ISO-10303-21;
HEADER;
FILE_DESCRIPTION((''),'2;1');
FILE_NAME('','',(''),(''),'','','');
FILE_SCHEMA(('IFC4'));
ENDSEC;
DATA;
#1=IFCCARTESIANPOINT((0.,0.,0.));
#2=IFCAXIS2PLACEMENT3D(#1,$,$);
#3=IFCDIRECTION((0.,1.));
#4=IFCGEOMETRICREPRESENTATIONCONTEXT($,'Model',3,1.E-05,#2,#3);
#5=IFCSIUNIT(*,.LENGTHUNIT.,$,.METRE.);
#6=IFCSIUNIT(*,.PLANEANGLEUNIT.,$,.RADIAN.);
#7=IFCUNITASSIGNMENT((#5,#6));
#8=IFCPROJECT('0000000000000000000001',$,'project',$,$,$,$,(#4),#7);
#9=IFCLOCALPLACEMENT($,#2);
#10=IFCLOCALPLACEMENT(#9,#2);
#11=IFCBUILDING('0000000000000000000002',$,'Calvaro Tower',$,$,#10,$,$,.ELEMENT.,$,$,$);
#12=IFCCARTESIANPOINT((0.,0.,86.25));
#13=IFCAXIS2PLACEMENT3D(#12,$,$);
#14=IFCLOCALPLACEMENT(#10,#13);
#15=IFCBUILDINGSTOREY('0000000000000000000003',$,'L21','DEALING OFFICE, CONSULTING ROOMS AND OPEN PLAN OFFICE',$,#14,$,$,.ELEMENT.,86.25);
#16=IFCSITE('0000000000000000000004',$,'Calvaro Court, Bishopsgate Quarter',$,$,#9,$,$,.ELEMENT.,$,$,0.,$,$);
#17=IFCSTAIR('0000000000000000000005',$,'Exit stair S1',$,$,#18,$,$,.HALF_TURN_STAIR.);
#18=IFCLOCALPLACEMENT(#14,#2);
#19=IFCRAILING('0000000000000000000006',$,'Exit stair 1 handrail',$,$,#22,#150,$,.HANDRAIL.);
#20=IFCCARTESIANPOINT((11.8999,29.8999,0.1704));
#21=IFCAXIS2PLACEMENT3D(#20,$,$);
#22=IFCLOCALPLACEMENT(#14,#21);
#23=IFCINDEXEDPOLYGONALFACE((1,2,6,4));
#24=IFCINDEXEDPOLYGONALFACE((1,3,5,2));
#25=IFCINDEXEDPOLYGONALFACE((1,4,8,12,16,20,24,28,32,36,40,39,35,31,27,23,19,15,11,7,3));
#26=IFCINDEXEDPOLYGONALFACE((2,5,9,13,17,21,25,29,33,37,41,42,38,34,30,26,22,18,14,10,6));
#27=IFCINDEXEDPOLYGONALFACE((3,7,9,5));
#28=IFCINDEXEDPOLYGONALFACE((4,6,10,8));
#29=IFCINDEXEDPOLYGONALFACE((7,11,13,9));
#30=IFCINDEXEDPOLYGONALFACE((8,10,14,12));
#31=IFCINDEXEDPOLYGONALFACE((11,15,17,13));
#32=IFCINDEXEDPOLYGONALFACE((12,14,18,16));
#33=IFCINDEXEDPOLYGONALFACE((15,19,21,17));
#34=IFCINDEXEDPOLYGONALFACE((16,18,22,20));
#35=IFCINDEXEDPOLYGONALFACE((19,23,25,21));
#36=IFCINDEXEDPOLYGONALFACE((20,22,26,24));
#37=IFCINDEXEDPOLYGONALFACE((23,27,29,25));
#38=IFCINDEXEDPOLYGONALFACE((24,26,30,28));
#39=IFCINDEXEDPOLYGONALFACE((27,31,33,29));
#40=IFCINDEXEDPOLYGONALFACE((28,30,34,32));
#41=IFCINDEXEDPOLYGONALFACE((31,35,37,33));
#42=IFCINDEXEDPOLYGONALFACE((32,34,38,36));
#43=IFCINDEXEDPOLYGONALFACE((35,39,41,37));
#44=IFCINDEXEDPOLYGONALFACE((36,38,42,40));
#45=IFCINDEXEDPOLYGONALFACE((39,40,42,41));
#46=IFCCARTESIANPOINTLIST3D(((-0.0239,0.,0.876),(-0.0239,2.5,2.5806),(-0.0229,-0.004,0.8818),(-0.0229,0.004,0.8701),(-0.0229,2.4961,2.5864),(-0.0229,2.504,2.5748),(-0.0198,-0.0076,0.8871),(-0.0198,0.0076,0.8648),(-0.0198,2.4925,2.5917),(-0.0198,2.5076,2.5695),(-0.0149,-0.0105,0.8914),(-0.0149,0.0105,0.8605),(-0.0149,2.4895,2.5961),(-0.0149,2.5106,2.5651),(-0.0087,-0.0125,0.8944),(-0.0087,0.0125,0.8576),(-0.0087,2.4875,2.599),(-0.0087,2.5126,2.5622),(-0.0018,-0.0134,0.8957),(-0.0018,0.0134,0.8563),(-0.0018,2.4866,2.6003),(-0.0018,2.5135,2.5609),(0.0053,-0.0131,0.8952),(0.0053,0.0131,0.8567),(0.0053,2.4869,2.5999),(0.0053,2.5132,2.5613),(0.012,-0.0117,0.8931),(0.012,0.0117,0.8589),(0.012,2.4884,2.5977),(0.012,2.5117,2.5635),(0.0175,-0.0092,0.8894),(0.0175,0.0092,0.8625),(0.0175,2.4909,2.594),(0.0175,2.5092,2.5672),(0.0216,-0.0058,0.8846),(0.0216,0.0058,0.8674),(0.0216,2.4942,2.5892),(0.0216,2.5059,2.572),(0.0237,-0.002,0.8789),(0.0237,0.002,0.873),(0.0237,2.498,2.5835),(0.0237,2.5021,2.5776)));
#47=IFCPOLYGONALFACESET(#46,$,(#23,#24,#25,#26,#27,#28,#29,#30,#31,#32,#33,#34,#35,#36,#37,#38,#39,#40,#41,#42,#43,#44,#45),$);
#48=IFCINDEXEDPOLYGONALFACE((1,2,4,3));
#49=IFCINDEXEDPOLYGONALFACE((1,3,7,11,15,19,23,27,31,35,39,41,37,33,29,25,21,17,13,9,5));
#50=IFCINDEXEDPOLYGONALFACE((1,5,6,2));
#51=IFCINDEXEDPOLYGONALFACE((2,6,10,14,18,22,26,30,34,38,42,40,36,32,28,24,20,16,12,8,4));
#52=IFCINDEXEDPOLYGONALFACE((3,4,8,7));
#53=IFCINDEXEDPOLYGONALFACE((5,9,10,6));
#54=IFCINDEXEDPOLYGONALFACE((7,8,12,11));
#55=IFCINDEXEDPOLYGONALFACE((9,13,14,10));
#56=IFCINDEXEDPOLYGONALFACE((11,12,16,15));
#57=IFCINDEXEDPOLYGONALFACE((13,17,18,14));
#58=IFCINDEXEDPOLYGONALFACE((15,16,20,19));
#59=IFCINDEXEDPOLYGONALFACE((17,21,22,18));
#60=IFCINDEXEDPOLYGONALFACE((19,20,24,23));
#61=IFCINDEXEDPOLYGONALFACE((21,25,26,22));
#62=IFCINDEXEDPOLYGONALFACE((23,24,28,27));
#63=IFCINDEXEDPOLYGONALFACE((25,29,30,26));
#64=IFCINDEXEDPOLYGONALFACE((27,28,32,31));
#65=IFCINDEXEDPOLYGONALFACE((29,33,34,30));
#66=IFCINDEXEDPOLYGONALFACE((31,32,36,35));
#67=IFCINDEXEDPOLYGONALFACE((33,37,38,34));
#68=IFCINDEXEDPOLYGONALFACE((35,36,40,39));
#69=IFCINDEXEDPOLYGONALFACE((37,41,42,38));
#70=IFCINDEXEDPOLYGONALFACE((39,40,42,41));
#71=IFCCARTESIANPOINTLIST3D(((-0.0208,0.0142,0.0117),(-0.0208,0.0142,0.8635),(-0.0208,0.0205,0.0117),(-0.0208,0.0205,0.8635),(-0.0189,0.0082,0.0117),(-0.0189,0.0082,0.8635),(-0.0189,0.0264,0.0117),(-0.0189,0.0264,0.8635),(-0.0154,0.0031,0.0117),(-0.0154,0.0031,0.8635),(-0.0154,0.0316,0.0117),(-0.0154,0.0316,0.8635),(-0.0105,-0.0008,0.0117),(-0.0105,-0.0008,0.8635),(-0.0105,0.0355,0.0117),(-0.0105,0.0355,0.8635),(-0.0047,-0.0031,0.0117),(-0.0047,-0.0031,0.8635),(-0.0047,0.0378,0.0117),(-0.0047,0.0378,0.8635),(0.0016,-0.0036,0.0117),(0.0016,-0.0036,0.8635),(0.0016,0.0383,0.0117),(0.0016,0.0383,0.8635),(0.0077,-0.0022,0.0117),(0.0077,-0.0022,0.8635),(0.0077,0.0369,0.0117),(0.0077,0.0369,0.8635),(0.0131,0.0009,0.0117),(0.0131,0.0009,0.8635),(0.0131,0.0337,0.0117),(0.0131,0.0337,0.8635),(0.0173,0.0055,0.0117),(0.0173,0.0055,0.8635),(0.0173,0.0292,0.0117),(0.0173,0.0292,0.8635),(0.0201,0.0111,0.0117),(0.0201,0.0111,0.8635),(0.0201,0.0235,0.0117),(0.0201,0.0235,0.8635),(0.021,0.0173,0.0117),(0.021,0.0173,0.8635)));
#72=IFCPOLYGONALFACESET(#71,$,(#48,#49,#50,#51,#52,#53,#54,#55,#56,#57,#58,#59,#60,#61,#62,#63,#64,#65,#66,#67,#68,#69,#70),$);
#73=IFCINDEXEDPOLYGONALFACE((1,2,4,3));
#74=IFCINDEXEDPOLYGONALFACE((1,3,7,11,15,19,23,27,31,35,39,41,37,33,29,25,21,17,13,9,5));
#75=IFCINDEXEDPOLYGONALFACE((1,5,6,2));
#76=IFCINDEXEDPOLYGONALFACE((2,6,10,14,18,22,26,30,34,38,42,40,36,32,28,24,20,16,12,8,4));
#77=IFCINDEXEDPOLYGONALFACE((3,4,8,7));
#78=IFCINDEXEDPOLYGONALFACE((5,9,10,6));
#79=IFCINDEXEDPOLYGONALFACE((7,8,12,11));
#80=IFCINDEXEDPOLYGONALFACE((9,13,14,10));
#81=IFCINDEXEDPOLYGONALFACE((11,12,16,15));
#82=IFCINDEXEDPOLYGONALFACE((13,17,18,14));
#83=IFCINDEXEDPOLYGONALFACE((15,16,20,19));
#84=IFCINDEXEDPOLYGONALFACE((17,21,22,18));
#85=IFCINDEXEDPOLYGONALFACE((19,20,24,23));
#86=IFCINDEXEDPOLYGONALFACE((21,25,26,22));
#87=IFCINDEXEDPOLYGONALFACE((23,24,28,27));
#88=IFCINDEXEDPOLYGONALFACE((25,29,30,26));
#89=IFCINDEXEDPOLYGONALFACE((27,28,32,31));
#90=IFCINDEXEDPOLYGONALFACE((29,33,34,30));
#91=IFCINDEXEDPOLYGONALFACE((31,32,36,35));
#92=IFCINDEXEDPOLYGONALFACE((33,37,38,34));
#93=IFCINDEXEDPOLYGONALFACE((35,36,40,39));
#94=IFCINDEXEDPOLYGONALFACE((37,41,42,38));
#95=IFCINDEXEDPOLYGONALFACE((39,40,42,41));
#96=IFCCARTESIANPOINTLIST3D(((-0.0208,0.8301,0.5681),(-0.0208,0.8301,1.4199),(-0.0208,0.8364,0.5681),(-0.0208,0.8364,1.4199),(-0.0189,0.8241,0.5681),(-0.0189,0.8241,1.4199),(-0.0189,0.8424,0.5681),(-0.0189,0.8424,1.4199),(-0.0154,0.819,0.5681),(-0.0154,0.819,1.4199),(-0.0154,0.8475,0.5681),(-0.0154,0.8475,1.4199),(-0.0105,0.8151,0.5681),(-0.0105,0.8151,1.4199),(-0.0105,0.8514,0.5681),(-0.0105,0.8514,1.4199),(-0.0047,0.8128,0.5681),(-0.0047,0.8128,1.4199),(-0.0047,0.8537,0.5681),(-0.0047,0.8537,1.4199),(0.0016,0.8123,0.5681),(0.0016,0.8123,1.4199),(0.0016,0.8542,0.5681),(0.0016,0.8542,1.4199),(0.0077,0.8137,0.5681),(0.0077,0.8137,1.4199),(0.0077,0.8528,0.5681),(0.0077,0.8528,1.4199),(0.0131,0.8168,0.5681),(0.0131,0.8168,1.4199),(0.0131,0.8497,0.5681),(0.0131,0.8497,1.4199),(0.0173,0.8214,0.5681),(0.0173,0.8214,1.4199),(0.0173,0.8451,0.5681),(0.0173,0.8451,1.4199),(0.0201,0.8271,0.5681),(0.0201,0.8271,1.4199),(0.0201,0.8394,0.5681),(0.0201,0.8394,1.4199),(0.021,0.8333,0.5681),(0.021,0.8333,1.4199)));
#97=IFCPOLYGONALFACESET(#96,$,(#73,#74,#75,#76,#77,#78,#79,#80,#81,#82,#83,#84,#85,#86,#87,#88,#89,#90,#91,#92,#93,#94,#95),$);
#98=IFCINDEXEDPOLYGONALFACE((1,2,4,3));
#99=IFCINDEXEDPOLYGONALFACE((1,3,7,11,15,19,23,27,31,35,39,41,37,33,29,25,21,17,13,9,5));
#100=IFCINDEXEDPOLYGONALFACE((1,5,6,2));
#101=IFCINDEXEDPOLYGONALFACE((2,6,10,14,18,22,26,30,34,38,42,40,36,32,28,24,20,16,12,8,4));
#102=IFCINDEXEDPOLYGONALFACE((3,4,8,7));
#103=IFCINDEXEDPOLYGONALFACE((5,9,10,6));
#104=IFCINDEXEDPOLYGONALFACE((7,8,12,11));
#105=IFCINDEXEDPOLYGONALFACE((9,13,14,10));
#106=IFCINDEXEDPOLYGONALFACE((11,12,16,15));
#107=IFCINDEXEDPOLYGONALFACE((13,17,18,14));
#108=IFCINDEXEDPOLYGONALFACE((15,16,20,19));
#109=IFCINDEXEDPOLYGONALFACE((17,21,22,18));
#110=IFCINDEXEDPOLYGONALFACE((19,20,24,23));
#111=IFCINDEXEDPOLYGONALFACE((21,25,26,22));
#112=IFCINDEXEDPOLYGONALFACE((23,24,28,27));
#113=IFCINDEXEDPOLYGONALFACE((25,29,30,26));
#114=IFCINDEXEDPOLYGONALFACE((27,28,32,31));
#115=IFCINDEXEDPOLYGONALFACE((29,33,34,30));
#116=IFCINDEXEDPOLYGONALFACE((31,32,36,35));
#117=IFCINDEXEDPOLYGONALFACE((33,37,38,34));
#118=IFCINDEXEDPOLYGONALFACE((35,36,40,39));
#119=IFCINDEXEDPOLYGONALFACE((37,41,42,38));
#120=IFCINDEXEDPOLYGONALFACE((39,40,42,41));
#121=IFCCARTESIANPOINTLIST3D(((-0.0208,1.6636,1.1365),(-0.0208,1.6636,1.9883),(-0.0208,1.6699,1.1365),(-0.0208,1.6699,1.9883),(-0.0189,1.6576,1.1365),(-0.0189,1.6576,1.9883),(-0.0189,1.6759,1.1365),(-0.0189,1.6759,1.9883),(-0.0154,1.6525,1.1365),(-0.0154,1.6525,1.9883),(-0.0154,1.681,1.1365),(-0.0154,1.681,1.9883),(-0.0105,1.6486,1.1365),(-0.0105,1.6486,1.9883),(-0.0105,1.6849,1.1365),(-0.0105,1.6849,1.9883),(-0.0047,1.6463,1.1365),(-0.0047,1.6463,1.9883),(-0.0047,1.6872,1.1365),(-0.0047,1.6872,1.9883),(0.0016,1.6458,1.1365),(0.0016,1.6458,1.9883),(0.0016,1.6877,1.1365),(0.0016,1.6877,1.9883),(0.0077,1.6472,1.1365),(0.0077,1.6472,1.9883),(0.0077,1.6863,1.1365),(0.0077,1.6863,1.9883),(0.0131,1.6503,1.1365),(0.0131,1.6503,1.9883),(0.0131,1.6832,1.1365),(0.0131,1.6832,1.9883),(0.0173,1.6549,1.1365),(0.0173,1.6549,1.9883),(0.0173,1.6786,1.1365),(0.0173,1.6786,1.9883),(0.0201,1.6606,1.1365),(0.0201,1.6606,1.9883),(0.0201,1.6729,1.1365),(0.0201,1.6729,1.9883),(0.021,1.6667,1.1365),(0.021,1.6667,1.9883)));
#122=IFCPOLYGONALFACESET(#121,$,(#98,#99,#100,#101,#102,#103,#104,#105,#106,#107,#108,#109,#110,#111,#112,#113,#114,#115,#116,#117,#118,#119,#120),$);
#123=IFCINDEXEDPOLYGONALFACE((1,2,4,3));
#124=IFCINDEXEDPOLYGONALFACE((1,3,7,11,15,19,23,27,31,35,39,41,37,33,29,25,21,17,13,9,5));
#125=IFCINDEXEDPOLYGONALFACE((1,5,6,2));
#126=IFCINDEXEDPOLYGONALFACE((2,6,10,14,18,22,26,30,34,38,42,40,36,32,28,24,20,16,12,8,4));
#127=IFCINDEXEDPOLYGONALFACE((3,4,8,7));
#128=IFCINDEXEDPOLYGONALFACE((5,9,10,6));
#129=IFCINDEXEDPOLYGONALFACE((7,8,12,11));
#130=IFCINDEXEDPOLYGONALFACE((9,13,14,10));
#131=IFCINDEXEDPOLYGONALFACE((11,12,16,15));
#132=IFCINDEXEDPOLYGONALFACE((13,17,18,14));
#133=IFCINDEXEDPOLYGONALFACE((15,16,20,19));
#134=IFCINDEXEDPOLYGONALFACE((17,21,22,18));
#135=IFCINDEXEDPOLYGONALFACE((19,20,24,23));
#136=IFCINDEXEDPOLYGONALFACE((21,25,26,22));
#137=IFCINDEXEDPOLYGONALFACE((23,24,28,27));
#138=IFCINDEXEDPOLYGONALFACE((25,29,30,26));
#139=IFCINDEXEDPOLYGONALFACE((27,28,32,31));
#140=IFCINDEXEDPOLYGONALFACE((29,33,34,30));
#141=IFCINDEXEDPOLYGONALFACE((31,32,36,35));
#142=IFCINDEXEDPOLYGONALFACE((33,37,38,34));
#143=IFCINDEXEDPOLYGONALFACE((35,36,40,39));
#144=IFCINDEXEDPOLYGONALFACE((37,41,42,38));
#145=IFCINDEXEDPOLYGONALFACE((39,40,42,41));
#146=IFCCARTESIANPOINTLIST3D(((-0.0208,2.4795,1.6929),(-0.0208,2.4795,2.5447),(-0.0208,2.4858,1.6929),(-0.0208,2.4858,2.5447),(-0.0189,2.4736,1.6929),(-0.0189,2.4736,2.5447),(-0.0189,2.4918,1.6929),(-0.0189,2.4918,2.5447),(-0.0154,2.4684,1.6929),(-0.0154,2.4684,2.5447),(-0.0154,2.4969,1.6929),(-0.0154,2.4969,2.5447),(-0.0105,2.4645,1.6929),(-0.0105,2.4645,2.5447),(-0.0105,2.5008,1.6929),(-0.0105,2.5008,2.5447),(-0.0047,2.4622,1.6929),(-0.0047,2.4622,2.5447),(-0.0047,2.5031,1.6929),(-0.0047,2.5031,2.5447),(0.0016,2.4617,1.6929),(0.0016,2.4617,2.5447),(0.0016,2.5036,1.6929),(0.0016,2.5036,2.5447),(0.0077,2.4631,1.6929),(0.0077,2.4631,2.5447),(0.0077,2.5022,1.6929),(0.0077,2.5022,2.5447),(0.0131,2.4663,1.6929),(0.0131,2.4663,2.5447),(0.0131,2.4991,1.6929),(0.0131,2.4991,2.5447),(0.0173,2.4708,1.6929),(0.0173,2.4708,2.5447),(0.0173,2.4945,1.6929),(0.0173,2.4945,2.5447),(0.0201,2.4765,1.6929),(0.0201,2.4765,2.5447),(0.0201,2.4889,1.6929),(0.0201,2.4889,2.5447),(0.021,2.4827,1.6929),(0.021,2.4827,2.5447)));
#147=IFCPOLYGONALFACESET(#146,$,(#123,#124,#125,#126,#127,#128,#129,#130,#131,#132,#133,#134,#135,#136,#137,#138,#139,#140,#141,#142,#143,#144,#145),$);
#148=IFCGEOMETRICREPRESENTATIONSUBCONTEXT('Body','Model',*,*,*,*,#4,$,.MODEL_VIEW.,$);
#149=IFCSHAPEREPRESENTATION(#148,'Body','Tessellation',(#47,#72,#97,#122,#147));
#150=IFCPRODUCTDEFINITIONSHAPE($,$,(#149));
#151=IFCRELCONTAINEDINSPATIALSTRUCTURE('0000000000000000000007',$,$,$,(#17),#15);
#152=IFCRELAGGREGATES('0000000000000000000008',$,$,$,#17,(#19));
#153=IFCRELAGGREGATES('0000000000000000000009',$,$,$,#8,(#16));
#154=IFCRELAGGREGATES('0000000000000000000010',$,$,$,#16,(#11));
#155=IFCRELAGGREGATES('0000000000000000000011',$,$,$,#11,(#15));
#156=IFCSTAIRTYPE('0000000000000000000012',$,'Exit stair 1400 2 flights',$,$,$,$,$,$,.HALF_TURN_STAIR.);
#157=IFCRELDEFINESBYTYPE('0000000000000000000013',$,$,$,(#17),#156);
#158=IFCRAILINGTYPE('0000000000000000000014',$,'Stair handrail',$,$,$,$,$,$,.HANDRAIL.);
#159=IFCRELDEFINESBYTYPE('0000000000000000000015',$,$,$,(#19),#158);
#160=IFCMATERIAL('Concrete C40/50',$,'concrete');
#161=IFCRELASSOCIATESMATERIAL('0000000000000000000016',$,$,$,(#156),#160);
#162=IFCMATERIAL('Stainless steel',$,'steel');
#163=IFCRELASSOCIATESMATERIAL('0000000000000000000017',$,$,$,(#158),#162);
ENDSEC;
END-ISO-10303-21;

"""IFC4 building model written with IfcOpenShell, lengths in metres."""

from ifc_helpers import new_model, si_unit, direction, frame, origin, origin_2d, place, context, subcontext, project, spatial, circle, extrude, material, type_object, element, aggregate, save


model = new_model("IFC4")

# Units and contexts
model_context = context("Model", 3, precision=1e-05, world=origin(), true_north=direction((0.0, 1.0)))
body_context = subcontext(model_context, "Body", "Model", "MODEL_VIEW")
ifc_project = project(units=[si_unit("LENGTHUNIT", "METRE"), si_unit("PLANEANGLEUNIT", "RADIAN")], contexts=[model_context])

# Site, building, storey
site_placement = place(None, origin())
site = spatial("IfcSite", under=ifc_project, at=site_placement, Name="Calvaro Court, Bishopsgate Quarter", CompositionType="ELEMENT", RefElevation=0.0)
building_placement = place(site_placement, origin())
building = spatial("IfcBuilding", under=site, at=building_placement, Name="Calvaro Tower", CompositionType="ELEMENT")
storey_placement = place(building_placement, frame((0.0, 0.0, 86.25)))
storey = spatial("IfcBuildingStorey", under=building, at=storey_placement, Name="L21", Description="DEALING OFFICE, CONSULTING ROOMS AND OPEN PLAN OFFICE", CompositionType="ELEMENT", Elevation=86.25)

# Stair, railing
ifc_material_1 = material(Name="Concrete C40/50", Category="concrete")
stair_type = type_object("IfcStairType", Name="Exit stair 1400 2 flights", PredefinedType="HALF_TURN_STAIR", material=ifc_material_1)
stair_placement = place(storey_placement, origin())
stair = element("IfcStair", 1, at=stair_placement, inside=storey, type_object=stair_type, Name="Exit stair S1", PredefinedType="HALF_TURN_STAIR")
ifc_material_2 = material(Name="Stainless steel", Category="steel")
railing_type = type_object("IfcRailingType", Name="Stair handrail", PredefinedType="HANDRAIL", material=ifc_material_2)
railing_1_placement = place(storey_placement, frame((11.8999, 29.8999, 0.1704)))
railing_1 = element("IfcRailing", 2, at=railing_1_placement, type_object=railing_type, Name="Exit stair 1 handrail", PredefinedType="HANDRAIL", context=body_context, shape_type="SweptSolid", body=[
    extrude(circle(Radius=0.0239, at=origin_2d()), frame((0.0, 0.0, 0.876), z_axis=(0.0, 0.826221, 0.563347), x_axis=(-1.0, 0.0, 0.0)), (0.0, 0.0, 1.0), 3.0259),
    extrude(circle(Radius=0.021, at=origin_2d()), frame((0.0, 0.0173, 0.0117)), (0.0, 0.0, 1.0), 0.8518),
    extrude(circle(Radius=0.021, at=origin_2d()), frame((0.0, 0.8333, 0.5681)), (0.0, 0.0, 1.0), 0.8518),
    extrude(circle(Radius=0.021, at=origin_2d()), frame((0.0, 1.6667, 1.1365)), (0.0, 0.0, 1.0), 0.8518),
    extrude(circle(Radius=0.021, at=origin_2d()), frame((0.0, 2.4827, 1.6929)), (0.0, 0.0, 1.0), 0.8518),
])
aggregate(stair, [railing_1])

save(model, "model.ifc")
